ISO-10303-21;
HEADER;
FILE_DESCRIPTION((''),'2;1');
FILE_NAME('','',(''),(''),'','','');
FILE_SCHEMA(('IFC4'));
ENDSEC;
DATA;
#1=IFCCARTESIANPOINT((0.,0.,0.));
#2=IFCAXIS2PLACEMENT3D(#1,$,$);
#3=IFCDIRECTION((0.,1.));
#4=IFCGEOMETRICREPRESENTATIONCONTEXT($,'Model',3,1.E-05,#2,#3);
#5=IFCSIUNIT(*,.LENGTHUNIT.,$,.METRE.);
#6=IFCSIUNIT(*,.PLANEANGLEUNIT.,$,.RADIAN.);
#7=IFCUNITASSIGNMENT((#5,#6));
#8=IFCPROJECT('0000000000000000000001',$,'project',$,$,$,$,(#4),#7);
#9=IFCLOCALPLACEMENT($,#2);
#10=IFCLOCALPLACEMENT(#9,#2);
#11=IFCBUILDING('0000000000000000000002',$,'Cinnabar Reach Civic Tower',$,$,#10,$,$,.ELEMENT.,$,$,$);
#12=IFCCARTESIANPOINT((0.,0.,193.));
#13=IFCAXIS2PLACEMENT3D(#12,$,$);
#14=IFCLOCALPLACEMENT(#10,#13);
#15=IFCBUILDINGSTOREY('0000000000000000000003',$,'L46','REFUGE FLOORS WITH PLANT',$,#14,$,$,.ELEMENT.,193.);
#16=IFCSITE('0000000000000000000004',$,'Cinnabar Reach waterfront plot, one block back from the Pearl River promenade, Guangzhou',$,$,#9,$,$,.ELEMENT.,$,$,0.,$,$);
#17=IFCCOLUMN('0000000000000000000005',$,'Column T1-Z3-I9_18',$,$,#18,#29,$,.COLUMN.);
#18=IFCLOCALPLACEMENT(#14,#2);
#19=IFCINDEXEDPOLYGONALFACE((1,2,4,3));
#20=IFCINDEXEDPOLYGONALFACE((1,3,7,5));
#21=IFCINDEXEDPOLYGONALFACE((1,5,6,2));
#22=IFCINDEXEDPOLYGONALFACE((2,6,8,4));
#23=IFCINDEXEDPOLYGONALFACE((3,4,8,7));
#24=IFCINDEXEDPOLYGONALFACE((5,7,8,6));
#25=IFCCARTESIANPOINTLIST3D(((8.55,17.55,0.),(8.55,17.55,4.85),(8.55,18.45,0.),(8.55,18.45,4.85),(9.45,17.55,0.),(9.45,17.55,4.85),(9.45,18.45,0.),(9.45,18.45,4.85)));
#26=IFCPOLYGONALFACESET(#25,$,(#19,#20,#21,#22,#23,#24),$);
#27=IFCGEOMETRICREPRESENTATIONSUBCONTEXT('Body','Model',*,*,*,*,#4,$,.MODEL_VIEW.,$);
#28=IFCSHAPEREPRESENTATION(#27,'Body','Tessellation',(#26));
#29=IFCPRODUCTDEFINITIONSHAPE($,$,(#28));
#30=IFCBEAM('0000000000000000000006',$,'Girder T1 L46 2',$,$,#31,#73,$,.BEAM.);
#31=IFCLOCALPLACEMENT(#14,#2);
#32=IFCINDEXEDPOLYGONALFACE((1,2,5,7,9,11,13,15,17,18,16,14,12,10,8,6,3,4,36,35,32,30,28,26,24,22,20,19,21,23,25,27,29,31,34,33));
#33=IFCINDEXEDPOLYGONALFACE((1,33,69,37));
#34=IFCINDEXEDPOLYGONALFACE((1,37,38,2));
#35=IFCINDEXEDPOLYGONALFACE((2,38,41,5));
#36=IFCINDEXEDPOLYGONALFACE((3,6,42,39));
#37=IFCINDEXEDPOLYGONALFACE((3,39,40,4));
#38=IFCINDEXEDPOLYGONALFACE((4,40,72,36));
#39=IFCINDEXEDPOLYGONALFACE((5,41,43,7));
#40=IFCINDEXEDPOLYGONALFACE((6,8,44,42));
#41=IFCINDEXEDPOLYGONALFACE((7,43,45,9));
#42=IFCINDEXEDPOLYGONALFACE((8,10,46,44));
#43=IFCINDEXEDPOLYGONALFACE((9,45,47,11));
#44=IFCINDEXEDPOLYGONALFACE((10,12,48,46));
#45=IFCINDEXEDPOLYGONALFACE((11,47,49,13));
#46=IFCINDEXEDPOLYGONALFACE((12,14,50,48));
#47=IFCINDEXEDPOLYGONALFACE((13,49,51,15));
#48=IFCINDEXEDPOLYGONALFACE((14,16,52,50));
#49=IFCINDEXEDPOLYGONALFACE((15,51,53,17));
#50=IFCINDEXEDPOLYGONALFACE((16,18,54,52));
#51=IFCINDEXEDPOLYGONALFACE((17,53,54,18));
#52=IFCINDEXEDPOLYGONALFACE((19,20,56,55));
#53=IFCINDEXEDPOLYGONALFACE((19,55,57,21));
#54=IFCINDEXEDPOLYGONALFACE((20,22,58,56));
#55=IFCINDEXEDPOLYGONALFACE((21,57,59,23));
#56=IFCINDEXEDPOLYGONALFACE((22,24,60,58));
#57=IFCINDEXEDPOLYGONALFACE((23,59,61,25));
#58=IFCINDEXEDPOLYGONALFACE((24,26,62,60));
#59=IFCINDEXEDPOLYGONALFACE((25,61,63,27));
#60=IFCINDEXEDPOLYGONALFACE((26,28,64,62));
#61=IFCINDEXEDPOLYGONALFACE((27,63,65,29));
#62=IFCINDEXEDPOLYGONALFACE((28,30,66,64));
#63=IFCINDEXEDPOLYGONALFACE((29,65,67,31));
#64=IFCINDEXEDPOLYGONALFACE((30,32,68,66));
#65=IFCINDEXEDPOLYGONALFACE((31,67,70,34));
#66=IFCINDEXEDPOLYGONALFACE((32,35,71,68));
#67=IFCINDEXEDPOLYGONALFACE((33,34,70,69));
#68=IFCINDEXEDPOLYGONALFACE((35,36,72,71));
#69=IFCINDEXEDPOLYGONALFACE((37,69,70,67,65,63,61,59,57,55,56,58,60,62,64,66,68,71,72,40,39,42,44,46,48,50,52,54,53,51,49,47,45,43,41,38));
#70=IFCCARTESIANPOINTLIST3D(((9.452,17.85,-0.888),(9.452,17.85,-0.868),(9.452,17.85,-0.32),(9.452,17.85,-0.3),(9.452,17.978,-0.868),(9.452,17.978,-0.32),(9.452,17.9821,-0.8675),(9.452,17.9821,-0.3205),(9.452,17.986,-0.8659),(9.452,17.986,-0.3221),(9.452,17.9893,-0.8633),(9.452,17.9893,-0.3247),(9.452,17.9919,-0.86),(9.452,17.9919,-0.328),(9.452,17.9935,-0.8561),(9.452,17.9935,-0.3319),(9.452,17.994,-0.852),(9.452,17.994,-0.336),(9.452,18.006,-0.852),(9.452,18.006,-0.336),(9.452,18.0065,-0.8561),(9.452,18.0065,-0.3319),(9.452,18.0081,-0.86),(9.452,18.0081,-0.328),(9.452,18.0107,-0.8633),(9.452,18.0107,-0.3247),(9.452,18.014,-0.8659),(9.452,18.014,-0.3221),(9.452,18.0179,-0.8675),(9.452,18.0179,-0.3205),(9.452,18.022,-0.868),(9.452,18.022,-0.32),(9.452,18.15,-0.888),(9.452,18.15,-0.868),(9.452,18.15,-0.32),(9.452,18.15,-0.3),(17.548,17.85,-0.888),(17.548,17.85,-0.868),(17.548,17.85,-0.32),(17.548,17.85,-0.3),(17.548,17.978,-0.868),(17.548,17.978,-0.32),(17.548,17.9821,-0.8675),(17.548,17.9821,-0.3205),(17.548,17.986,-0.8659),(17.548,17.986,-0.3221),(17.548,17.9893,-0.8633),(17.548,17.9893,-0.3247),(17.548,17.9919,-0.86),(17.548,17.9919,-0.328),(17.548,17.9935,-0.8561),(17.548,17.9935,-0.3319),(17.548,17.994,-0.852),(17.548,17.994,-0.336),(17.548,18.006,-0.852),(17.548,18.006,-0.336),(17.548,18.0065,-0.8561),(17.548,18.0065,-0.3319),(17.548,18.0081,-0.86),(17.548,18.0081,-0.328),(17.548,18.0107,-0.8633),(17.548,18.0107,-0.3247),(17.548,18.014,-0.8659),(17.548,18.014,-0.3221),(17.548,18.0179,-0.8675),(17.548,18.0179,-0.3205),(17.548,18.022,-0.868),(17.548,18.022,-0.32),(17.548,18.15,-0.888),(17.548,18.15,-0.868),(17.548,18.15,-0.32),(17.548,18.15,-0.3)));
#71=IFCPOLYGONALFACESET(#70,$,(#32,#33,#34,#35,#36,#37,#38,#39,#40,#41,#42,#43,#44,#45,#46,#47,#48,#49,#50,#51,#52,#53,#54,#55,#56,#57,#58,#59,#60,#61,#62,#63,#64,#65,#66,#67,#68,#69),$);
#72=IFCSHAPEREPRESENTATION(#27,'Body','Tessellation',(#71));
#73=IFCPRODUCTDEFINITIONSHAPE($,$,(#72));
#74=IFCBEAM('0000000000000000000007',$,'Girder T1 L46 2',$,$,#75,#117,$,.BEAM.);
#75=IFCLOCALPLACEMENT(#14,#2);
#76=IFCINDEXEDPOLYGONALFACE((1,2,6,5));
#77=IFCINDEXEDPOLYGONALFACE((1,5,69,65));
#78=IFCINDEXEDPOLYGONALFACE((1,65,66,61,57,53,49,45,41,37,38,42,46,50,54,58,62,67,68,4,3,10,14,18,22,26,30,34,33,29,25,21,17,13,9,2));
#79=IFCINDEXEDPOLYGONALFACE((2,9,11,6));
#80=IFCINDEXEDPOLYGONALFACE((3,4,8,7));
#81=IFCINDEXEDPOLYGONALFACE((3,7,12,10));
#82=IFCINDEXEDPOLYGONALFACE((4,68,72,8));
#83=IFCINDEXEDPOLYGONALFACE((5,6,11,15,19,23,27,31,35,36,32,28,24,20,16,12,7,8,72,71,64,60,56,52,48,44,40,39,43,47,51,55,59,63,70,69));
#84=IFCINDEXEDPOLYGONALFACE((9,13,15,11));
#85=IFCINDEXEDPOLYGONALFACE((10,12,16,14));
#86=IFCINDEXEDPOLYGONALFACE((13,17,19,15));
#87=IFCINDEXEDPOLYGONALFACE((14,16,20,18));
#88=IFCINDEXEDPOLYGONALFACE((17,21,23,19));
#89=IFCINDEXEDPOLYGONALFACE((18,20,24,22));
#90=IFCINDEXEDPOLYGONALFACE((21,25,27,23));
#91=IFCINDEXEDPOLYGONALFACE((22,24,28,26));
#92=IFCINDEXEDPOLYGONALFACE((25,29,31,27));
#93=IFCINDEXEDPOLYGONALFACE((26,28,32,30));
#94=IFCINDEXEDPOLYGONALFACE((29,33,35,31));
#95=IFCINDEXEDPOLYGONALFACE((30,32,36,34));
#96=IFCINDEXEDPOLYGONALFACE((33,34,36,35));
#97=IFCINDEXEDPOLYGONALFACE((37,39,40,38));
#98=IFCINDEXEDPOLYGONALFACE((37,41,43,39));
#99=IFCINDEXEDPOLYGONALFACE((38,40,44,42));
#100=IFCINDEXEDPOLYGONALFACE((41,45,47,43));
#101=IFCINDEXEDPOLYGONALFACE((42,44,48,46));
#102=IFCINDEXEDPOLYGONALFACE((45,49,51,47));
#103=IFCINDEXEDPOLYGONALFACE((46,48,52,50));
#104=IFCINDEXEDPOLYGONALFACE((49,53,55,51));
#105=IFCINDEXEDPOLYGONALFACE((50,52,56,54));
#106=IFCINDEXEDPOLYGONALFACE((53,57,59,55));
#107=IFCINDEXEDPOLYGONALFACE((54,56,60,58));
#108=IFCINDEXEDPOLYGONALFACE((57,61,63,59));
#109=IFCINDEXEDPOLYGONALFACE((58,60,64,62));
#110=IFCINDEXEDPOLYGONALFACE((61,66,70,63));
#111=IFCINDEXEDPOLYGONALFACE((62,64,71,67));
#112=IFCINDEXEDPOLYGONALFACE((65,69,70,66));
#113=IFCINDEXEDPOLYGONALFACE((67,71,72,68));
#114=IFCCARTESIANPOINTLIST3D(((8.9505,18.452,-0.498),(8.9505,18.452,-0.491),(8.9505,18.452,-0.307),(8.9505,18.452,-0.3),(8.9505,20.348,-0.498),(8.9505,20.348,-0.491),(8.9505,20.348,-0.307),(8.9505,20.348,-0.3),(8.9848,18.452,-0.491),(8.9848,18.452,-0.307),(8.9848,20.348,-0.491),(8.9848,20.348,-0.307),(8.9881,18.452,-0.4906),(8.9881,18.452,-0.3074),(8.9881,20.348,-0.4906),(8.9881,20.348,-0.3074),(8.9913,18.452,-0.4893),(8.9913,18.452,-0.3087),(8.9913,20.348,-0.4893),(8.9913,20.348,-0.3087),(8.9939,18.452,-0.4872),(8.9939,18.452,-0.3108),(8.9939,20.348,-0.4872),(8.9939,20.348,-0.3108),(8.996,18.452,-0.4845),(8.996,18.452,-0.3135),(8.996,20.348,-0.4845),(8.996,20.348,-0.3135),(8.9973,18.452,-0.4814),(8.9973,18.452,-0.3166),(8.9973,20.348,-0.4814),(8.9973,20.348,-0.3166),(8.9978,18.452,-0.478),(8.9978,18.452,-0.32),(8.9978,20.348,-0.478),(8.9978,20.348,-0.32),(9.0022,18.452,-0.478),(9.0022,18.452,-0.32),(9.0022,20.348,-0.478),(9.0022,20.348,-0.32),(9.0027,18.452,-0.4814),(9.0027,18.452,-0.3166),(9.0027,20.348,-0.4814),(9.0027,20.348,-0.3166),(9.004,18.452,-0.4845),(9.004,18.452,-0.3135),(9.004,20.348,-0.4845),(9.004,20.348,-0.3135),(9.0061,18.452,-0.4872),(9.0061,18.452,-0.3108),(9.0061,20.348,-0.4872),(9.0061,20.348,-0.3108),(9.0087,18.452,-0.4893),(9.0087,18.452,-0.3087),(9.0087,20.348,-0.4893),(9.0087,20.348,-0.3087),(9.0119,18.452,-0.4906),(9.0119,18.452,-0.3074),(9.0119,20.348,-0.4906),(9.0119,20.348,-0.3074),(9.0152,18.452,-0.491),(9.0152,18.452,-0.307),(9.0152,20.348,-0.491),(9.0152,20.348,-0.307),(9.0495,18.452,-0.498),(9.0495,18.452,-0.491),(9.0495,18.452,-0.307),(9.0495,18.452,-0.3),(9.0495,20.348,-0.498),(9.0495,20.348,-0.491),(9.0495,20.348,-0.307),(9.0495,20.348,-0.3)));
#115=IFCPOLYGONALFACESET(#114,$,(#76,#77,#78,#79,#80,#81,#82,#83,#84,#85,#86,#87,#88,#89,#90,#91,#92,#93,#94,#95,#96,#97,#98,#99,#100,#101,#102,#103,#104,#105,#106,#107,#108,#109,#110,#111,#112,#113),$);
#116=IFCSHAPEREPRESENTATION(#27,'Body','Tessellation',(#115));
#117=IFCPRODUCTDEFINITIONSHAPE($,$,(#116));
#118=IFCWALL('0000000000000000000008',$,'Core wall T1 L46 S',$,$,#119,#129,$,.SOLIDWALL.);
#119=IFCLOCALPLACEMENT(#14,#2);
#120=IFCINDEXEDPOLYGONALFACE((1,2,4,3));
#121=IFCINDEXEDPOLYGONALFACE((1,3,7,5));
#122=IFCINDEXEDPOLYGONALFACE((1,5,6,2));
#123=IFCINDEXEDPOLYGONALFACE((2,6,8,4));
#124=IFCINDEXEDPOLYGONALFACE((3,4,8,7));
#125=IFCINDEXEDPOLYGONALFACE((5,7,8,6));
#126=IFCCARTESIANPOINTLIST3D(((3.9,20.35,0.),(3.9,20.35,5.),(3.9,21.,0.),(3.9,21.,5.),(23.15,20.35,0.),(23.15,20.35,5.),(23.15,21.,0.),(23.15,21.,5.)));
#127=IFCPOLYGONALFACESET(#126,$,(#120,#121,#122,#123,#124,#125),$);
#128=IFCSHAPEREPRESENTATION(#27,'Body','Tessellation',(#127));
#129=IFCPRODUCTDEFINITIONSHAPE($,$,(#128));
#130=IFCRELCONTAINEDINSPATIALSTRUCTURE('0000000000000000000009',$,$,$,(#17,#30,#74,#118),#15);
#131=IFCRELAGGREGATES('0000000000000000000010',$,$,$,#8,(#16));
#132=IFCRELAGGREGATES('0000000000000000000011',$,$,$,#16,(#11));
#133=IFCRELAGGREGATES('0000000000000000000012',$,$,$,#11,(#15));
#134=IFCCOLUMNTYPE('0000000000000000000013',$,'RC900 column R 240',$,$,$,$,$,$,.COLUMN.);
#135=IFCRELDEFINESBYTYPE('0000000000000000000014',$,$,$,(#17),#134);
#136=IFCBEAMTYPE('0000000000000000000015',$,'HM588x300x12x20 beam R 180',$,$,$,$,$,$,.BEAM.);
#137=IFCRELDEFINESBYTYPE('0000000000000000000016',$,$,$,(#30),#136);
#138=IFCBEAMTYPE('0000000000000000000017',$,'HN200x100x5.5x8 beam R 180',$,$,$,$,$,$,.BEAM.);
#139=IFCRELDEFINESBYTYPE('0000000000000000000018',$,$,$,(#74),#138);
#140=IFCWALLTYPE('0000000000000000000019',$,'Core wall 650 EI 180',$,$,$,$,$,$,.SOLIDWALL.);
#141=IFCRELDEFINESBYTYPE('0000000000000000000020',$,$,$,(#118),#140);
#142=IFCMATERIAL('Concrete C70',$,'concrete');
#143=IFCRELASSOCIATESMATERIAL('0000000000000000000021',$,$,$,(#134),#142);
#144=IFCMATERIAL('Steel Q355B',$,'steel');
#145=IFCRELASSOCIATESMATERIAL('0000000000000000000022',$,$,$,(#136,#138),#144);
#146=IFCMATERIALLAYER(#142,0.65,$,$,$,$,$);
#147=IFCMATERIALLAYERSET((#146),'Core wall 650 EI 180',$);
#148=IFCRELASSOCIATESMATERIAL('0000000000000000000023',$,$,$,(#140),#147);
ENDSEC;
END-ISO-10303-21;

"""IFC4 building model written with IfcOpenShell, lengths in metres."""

from ifc_helpers import new_model, si_unit, direction, frame, frame_2d, origin, origin_2d, place, context, subcontext, project, spatial, rectangle, i_section, extrude, material, layer, layer_set, material_profile, profile_set, type_object, element, save


model = new_model("IFC4")

# Units and contexts
model_context = context("Model", 3, precision=1e-05, world=origin(), true_north=direction((0.0, 1.0)))
body_context = subcontext(model_context, "Body", "Model", "MODEL_VIEW")
ifc_project = project(units=[si_unit("LENGTHUNIT", "METRE"), si_unit("PLANEANGLEUNIT", "RADIAN")], contexts=[model_context])

# Site, building, storey
site_placement = place(None, origin())
site = spatial("IfcSite", under=ifc_project, at=site_placement, Name="Cinnabar Reach waterfront plot, one block back from the Pearl River promenade, Guangzhou", CompositionType="ELEMENT", RefElevation=0.0)
building_placement = place(site_placement, origin())
building = spatial("IfcBuilding", under=site, at=building_placement, Name="Cinnabar Reach Civic Tower", CompositionType="ELEMENT")
storey_placement = place(building_placement, frame((0.0, 0.0, 193.0)))
storey = spatial("IfcBuildingStorey", under=building, at=storey_placement, Name="L46", Description="REFUGE FLOORS WITH PLANT", CompositionType="ELEMENT", Elevation=193.0)

# Column
ifc_material_1 = material(Name="Concrete C70", Category="concrete")
ifc_material_profile_1 = material_profile(ifc_material_1, rectangle(XDim=0.9, YDim=0.9, at=origin_2d()), Name="RC900")
ifc_profile_set_1 = profile_set([ifc_material_profile_1], Name="Concrete C70")
column_type = type_object("IfcColumnType", Name="RC900 column R 240", PredefinedType="COLUMN", material=ifc_profile_set_1)
column_placement = place(storey_placement, frame((9.0, 18.0, 0.0), z_axis=(0.0, 0.0, 1.0), x_axis=(1.0, 0.0, 0.0)))
element("IfcColumn", 1, at=column_placement, inside=storey, type_object=column_type, Name="Column T1-Z3-I9_18", PredefinedType="COLUMN", context=body_context, shape_type="SweptSolid", body=[
    extrude(rectangle(XDim=0.9, YDim=0.9, at=origin_2d()), origin(), (0.0, 0.0, 1.0), 4.85),
])

# Beams
ifc_material_2 = material(Name="Steel Q355B", Category="steel")
ifc_material_profile_2 = material_profile(ifc_material_2, i_section(OverallWidth=0.3, OverallDepth=0.588, WebThickness=0.012, FlangeThickness=0.02, FilletRadius=0.016, at=origin_2d()), Name="HM588x300x12x20")
ifc_profile_set_2 = profile_set([ifc_material_profile_2], Name="Steel Q355B")
beam_type_1 = type_object("IfcBeamType", Name="HM588x300x12x20 beam R 180", PredefinedType="BEAM", material=ifc_profile_set_2)
beam_1_placement = place(storey_placement, frame((9.452, 18.0, -0.594), z_axis=(1.0, 0.0, 0.0), x_axis=(0.0, 1.0, 0.0)))
element("IfcBeam", 2, at=beam_1_placement, inside=storey, type_object=beam_type_1, Name="Girder T1 L46 2", PredefinedType="BEAM", context=body_context, shape_type="SweptSolid", body=[
    extrude(i_section(OverallWidth=0.3, OverallDepth=0.588, WebThickness=0.012, FlangeThickness=0.02, FilletRadius=0.016, at=origin_2d()), origin(), (0.0, 0.0, 1.0), 8.096),
])
ifc_material_profile_3 = material_profile(ifc_material_2, i_section(OverallWidth=0.099, OverallDepth=0.198, WebThickness=0.0045, FlangeThickness=0.007, FilletRadius=0.013, at=origin_2d()), Name="HN200x100x5.5x8")
ifc_profile_set_3 = profile_set([ifc_material_profile_3], Name="Steel Q355B")
beam_type_2 = type_object("IfcBeamType", Name="HN200x100x5.5x8 beam R 180", PredefinedType="BEAM", material=ifc_profile_set_3)
beam_2_placement = place(storey_placement, frame((9.0, 18.452, -0.399), z_axis=(0.0, 1.0, 0.0), x_axis=(-1.0, 0.0, 0.0)))
element("IfcBeam", 3, at=beam_2_placement, inside=storey, type_object=beam_type_2, Name="Girder T1 L46 2", PredefinedType="BEAM", context=body_context, shape_type="SweptSolid", body=[
    extrude(i_section(OverallWidth=0.099, OverallDepth=0.198, WebThickness=0.0045, FlangeThickness=0.007, FilletRadius=0.013, at=origin_2d()), origin(), (0.0, 0.0, 1.0), 1.896),
])

# Wall
ifc_layer_1 = layer(ifc_material_1, 0.65)
ifc_layer_set_1 = layer_set([ifc_layer_1], Name="Core wall 650 EI 180")
wall_type_1 = type_object("IfcWallType", Name="Core wall 650 EI 180", PredefinedType="SOLIDWALL", material=ifc_layer_set_1)
wall_1_placement = place(storey_placement, frame((3.9, 20.675, 0.0), z_axis=(0.0, 0.0, 1.0), x_axis=(1.0, 0.0, 0.0)))
element("IfcWall", 4, at=wall_1_placement, inside=storey, type_object=wall_type_1, Name="Core wall T1 L46 S", PredefinedType="SOLIDWALL", context=body_context, shape_type="SweptSolid", body=[
    extrude(rectangle(XDim=19.25, YDim=0.65, at=frame_2d((9.625, 0.0))), origin(), (0.0, 0.0, 1.0), 5.0),
])

save(model, "model.ifc")
